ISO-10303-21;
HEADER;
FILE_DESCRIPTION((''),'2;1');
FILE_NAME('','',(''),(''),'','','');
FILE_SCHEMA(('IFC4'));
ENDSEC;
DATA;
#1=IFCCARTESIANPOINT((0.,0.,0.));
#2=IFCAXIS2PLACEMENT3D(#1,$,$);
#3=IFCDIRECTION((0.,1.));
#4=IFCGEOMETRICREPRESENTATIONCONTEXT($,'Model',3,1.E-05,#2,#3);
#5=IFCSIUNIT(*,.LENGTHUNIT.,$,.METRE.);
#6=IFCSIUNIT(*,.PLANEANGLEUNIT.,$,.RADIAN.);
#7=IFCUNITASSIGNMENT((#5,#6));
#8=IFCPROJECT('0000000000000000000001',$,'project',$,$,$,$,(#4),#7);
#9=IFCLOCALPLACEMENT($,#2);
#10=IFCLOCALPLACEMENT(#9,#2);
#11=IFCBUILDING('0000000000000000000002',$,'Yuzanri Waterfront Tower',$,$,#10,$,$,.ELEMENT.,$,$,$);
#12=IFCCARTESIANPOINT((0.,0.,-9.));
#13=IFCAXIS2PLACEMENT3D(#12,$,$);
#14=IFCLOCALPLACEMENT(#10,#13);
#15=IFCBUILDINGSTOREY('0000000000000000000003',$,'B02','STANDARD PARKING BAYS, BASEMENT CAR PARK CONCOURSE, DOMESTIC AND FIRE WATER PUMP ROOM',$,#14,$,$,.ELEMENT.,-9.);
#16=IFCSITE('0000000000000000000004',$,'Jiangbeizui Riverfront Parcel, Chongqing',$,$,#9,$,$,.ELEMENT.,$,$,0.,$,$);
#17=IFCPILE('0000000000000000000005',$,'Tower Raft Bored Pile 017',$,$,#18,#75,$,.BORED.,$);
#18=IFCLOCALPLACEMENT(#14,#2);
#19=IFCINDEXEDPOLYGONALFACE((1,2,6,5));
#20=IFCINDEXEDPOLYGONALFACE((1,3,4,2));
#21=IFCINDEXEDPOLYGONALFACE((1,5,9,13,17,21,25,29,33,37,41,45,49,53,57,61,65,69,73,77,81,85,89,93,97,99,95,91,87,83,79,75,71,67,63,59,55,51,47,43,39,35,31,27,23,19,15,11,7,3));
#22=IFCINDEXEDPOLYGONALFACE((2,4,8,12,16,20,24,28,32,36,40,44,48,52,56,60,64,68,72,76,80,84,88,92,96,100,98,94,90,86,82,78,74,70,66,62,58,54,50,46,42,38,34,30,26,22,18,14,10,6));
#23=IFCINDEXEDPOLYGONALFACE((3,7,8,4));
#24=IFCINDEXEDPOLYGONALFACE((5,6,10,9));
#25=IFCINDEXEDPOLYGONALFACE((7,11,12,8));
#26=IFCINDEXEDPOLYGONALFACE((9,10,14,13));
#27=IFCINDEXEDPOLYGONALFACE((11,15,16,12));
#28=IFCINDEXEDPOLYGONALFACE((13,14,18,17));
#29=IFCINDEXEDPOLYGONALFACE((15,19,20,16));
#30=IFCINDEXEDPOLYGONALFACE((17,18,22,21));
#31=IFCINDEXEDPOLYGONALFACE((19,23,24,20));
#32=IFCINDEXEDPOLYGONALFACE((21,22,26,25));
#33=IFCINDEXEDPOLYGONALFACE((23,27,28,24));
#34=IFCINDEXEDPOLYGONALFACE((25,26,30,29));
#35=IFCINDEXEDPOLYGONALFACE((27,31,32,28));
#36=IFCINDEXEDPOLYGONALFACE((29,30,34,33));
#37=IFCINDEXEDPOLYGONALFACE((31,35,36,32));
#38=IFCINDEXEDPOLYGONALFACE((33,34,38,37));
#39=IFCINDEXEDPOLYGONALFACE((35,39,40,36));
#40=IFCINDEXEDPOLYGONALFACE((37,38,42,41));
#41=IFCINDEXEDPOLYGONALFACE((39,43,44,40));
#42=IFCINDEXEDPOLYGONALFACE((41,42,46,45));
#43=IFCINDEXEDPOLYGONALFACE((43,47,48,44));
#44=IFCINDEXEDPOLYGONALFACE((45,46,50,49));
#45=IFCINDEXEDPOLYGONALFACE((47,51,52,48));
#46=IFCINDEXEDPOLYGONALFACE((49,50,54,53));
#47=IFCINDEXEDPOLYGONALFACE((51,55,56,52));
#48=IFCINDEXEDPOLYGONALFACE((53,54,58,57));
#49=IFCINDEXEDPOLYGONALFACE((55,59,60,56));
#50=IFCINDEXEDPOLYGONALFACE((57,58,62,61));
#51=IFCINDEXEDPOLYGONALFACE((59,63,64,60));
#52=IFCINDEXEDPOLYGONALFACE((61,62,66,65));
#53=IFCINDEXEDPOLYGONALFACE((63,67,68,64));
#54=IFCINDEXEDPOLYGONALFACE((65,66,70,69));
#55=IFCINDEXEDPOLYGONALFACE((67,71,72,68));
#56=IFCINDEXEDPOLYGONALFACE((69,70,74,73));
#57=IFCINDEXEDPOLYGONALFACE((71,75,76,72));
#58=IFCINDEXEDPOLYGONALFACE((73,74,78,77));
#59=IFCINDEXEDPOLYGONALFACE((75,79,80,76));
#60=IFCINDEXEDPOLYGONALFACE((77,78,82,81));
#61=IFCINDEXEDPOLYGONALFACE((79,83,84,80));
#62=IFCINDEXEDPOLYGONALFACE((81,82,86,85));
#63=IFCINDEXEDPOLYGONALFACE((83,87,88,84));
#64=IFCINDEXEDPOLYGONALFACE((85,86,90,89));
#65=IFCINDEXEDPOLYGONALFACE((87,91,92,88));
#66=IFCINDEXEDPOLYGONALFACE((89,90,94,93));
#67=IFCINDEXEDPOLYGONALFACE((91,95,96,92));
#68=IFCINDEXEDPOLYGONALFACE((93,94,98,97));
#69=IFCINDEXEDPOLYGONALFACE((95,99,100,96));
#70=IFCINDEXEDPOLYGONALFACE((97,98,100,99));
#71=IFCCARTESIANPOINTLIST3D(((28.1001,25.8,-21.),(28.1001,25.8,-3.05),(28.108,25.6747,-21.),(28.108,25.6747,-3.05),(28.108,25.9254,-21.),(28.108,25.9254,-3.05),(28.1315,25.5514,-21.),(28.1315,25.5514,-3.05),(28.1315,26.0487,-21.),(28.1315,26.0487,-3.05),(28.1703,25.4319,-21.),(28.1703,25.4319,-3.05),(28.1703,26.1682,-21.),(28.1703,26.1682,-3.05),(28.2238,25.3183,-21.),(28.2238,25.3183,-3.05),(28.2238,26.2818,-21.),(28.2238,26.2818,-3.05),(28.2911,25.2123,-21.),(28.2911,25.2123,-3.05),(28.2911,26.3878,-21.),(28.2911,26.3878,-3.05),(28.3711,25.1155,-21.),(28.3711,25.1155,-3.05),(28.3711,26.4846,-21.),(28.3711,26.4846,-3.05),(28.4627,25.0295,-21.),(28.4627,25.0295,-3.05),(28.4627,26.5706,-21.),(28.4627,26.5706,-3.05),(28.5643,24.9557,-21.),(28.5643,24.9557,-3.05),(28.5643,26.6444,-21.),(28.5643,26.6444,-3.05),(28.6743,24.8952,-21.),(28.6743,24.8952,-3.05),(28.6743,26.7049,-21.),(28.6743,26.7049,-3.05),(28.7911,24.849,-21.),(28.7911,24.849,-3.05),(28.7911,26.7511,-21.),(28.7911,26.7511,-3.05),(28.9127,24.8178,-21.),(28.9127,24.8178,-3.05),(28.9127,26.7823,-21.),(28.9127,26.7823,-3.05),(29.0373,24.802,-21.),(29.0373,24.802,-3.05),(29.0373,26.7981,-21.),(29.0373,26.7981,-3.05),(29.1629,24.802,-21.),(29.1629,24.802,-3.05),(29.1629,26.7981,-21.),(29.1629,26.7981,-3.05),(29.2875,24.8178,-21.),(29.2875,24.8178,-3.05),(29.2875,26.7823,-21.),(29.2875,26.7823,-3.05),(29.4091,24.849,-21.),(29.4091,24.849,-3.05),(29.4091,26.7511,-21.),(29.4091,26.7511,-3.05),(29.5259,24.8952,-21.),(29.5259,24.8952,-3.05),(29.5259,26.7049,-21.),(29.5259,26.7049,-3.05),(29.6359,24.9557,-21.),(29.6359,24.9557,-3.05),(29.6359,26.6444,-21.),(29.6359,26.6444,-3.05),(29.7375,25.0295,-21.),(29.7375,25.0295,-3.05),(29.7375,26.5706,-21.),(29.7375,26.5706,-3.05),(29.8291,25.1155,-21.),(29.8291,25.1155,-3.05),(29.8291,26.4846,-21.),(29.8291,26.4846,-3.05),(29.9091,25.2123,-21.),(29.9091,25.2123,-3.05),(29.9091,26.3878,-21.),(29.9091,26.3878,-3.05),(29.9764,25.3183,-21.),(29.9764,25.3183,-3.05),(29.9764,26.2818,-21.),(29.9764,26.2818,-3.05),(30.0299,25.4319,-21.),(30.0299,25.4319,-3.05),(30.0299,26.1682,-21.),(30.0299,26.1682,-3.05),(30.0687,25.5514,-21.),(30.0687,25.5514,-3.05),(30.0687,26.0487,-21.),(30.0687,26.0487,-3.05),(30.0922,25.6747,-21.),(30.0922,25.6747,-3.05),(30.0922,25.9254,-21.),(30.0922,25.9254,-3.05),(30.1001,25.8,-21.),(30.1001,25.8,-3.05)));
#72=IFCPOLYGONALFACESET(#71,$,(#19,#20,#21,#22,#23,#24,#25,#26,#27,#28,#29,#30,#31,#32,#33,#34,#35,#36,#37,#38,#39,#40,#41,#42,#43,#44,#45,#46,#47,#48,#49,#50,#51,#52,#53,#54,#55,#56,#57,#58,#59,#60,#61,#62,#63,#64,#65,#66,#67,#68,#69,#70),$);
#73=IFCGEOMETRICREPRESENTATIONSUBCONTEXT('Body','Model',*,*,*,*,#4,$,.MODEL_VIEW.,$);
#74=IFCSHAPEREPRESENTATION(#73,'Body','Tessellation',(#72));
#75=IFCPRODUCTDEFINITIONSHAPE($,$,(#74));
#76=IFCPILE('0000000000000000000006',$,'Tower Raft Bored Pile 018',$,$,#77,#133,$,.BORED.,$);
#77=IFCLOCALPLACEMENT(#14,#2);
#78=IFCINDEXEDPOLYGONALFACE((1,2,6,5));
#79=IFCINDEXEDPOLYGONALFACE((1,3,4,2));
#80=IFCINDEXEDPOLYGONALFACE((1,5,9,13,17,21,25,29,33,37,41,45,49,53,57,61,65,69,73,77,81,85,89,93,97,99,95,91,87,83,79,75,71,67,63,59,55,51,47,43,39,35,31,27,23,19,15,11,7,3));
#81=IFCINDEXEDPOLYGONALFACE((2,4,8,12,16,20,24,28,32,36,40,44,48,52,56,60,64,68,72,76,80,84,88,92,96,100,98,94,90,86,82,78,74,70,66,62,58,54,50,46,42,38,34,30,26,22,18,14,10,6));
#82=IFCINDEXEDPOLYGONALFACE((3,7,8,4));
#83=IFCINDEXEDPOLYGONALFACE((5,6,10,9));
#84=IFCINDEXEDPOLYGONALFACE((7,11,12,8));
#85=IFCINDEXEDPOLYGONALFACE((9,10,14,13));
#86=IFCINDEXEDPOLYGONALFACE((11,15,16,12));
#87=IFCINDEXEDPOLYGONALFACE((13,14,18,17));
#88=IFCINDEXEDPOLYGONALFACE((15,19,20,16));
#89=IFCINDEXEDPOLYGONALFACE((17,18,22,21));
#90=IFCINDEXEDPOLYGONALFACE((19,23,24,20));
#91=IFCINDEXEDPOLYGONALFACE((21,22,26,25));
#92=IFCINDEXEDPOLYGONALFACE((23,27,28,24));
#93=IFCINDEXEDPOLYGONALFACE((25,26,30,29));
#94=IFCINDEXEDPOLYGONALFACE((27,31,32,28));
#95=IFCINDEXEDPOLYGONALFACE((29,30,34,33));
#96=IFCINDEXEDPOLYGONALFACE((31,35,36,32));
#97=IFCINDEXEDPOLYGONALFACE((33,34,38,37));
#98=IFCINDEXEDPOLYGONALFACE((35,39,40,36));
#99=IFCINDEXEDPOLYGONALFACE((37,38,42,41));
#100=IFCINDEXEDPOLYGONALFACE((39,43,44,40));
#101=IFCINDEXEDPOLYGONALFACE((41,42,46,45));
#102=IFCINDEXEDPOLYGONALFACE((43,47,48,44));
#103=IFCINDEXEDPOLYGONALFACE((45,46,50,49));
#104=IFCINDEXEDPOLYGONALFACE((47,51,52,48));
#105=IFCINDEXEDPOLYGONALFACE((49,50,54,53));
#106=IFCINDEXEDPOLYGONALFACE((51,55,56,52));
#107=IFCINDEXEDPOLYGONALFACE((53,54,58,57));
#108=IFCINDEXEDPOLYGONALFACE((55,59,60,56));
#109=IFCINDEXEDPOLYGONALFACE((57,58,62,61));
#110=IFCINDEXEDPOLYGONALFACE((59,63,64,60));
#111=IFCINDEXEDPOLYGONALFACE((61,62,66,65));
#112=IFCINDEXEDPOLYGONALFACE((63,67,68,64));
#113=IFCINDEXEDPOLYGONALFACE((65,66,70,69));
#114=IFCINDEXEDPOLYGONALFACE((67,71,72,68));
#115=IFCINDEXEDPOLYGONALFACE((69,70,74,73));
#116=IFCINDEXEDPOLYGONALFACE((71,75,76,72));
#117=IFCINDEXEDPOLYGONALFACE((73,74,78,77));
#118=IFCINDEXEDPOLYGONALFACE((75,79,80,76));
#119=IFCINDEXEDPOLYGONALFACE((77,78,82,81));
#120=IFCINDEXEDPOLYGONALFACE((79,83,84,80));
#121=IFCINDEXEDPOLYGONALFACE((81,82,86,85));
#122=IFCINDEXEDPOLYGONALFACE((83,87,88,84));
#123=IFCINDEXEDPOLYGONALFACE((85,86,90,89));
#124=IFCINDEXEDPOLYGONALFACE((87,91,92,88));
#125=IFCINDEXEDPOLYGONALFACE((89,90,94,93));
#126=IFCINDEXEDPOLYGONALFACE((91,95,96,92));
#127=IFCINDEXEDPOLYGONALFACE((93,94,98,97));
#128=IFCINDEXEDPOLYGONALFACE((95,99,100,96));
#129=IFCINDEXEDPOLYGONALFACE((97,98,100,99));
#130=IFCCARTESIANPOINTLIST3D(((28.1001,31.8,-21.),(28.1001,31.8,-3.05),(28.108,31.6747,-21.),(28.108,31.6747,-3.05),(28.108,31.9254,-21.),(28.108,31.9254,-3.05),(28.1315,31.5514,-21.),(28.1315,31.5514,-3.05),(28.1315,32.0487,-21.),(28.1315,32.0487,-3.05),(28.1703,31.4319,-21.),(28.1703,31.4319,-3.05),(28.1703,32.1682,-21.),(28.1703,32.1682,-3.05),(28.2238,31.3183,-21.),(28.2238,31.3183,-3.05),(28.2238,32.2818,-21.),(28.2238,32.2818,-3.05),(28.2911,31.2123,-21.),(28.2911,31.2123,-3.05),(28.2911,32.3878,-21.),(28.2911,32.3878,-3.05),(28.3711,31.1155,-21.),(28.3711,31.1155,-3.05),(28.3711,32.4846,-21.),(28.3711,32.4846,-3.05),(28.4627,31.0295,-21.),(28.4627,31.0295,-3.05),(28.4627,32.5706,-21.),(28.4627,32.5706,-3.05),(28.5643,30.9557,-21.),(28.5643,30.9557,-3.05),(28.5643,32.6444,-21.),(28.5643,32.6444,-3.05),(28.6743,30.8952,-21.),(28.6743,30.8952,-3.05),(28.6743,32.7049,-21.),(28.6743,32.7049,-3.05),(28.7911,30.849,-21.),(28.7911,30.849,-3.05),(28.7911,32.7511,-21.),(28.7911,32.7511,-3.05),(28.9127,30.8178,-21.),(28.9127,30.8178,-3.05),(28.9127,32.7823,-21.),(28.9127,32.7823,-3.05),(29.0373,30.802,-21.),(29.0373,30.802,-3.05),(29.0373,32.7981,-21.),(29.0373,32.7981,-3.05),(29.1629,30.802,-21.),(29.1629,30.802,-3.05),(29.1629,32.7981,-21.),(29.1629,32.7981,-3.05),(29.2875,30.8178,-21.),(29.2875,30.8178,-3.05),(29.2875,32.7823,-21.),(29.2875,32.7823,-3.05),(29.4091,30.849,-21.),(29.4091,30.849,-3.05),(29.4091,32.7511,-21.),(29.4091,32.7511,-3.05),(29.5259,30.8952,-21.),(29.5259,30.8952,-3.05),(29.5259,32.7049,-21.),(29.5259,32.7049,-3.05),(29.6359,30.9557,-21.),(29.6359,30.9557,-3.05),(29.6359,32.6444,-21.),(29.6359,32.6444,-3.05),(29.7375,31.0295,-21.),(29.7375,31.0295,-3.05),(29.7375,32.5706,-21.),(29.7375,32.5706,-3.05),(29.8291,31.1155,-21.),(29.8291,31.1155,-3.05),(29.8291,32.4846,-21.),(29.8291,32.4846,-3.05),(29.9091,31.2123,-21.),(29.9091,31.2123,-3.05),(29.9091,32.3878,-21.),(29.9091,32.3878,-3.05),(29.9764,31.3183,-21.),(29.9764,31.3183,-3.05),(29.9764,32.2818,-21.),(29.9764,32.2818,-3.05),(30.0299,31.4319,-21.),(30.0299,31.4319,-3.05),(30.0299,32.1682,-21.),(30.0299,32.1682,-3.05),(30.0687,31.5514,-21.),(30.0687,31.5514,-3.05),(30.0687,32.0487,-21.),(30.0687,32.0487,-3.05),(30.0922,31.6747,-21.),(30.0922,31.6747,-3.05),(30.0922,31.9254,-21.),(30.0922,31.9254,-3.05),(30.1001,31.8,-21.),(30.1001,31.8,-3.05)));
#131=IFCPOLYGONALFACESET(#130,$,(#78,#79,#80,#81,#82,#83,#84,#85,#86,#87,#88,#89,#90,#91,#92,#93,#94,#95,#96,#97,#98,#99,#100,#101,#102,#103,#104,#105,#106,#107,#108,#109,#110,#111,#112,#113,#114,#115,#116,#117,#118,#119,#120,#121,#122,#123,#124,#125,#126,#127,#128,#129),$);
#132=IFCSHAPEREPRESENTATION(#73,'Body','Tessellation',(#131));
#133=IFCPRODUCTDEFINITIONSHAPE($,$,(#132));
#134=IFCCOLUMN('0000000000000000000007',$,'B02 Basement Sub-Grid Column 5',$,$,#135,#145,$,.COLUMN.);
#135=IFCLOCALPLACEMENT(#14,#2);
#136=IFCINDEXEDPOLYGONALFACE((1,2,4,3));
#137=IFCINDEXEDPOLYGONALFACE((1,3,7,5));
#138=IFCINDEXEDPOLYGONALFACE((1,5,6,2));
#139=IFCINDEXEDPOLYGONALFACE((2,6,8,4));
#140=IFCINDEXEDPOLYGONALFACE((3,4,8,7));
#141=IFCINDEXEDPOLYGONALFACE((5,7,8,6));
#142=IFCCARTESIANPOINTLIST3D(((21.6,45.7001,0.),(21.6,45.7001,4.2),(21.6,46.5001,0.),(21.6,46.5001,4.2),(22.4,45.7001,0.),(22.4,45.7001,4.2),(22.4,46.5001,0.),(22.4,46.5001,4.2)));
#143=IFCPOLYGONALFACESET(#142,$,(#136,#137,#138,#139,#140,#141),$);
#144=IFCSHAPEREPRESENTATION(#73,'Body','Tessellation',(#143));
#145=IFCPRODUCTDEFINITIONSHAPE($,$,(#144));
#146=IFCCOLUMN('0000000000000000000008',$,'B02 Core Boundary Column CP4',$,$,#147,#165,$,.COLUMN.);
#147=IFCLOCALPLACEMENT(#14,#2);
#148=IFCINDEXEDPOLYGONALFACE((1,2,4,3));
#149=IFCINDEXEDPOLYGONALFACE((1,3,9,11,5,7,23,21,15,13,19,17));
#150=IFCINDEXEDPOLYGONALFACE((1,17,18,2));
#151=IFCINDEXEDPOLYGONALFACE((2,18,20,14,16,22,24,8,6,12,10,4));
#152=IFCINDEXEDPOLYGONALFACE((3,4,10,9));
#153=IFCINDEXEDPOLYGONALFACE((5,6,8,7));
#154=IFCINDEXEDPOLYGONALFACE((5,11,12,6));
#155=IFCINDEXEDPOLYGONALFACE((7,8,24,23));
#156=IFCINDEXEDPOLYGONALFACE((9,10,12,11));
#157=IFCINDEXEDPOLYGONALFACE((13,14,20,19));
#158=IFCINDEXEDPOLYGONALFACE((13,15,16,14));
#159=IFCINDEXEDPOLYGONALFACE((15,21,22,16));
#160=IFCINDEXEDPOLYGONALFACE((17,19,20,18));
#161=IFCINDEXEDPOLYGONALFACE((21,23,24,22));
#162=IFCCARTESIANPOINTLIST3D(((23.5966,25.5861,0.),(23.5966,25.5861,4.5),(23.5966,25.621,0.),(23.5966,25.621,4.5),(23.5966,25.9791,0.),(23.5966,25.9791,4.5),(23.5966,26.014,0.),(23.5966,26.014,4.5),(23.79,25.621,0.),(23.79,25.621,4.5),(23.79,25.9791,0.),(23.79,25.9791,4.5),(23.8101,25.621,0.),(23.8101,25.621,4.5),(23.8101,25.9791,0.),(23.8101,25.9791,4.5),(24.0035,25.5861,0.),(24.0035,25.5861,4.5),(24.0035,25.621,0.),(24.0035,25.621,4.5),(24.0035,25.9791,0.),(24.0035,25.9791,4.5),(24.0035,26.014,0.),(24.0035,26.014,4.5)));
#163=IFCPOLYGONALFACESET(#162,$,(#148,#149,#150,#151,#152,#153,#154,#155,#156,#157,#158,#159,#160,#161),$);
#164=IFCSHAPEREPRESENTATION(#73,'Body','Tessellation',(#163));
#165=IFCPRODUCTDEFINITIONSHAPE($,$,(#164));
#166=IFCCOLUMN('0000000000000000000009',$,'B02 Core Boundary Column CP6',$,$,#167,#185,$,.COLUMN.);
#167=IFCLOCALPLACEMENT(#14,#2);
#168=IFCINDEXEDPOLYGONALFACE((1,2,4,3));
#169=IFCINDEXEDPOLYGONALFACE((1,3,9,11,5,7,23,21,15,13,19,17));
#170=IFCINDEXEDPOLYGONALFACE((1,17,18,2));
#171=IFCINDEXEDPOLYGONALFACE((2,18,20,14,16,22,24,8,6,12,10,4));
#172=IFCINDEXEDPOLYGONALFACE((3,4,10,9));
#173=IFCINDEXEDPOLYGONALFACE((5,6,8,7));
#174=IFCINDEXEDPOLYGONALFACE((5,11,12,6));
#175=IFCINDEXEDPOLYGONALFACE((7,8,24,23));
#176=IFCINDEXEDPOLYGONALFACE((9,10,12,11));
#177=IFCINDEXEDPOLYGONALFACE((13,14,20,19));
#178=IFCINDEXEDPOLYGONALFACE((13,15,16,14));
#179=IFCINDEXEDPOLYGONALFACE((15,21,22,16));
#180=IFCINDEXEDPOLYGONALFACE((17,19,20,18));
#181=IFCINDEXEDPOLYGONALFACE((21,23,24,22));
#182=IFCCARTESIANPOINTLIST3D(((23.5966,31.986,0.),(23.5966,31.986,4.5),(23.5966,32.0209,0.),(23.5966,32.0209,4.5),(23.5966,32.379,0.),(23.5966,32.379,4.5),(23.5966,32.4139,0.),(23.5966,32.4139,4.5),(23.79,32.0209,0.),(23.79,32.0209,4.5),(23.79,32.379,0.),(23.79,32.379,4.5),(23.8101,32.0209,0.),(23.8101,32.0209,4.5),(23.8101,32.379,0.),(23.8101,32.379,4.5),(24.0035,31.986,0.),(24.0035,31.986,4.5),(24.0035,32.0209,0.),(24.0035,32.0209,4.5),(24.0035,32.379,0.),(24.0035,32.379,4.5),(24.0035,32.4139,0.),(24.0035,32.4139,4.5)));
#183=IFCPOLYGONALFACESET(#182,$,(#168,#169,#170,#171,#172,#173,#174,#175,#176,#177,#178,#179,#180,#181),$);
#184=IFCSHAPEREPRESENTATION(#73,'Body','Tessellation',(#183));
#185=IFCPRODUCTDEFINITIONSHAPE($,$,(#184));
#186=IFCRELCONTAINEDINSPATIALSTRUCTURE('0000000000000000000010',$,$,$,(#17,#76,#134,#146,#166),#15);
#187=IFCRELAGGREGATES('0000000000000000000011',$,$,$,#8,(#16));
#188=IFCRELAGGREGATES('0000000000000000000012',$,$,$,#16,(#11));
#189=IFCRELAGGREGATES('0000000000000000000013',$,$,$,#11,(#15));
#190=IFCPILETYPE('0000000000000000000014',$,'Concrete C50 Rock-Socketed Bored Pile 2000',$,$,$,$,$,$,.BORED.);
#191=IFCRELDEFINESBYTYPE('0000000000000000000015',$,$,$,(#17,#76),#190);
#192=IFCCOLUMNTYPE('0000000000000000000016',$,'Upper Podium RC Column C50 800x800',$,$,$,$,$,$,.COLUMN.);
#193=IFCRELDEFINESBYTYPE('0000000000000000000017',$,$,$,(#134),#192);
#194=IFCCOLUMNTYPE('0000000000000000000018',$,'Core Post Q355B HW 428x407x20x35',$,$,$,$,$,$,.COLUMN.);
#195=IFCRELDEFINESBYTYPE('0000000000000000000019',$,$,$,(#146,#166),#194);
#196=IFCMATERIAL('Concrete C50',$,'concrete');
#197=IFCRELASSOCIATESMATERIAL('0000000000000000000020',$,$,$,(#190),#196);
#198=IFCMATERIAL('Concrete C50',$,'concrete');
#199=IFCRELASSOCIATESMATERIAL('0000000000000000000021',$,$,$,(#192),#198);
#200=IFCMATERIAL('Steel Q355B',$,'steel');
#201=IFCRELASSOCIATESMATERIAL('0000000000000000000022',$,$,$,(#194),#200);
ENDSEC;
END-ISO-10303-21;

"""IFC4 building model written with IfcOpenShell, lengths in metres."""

from ifc_helpers import new_model, si_unit, direction, frame, origin, origin_2d, place, context, subcontext, project, spatial, rectangle, circle, i_section, extrude, source, transform, mapped, material, material_profile, profile_set, type_object, element, save


model = new_model("IFC4")

# Units and contexts
model_context = context("Model", 3, precision=1e-05, world=origin(), true_north=direction((0.0, 1.0)))
body_context = subcontext(model_context, "Body", "Model", "MODEL_VIEW")
ifc_project = project(units=[si_unit("LENGTHUNIT", "METRE"), si_unit("PLANEANGLEUNIT", "RADIAN")], contexts=[model_context])

# Site, building, storey
site_placement = place(None, origin())
site = spatial("IfcSite", under=ifc_project, at=site_placement, Name="Jiangbeizui Riverfront Parcel, Chongqing", CompositionType="ELEMENT", RefElevation=0.0)
building_placement = place(site_placement, origin())
building = spatial("IfcBuilding", under=site, at=building_placement, Name="Yuzanri Waterfront Tower", CompositionType="ELEMENT")
storey_placement = place(building_placement, frame((0.0, 0.0, -9.0)))
storey = spatial("IfcBuildingStorey", under=building, at=storey_placement, Name="B02", Description="STANDARD PARKING BAYS, BASEMENT CAR PARK CONCOURSE, DOMESTIC AND FIRE WATER PUMP ROOM", CompositionType="ELEMENT", Elevation=-9.0)

# Piles
ifc_material_1 = material(Name="Concrete C50", Category="concrete")
ifc_material_profile_1 = material_profile(ifc_material_1, circle(Radius=1.0, at=origin_2d()), Name="PILE D2000")
ifc_profile_set_1 = profile_set([ifc_material_profile_1], Name="Concrete C50")
pile_type = type_object("IfcPileType", Name="Concrete C50 Rock-Socketed Bored Pile 2000", PredefinedType="BORED", material=ifc_profile_set_1)
shared_shape_1 = source(origin(), body_context, "Body", "SweptSolid", [
    extrude(circle(Radius=1.0, at=origin_2d()), origin(), (0.0, 0.0, 1.0), 17.95),
])
for number, where, z_axis, x_axis, name in (
    (1, (29.1001, 25.8, -3.05), (0.0, 0.0, -1.0), (1.0, 0.0, 0.0), "Tower Raft Bored Pile 017"),
    (2, (29.1001, 31.8, -3.05), (0.0, 0.0, -1.0), (1.0, 0.0, 0.0), "Tower Raft Bored Pile 018"),
):
    element("IfcPile", number, at=place(storey_placement, frame(where, z_axis=z_axis, x_axis=x_axis)), inside=storey, type_object=pile_type, Name=name, PredefinedType="BORED", context=body_context, shape_type="MappedRepresentation", body=[
        mapped(shared_shape_1, transform((0.0, 0.0, 0.0), scale=1.0)),
    ])

# Columns
ifc_material_2 = material(Name="Concrete C50", Category="concrete")
ifc_material_profile_2 = material_profile(ifc_material_2, rectangle(XDim=0.8, YDim=0.8, at=origin_2d()), Name="RC 800x800")
ifc_profile_set_2 = profile_set([ifc_material_profile_2], Name="Concrete C50")
column_type_1 = type_object("IfcColumnType", Name="Upper Podium RC Column C50 800x800", PredefinedType="COLUMN", material=ifc_profile_set_2)
shared_shape_2 = source(origin(), body_context, "Body", "SweptSolid", [
    extrude(rectangle(XDim=0.8, YDim=0.8, at=origin_2d()), origin(), (0.0, 0.0, 1.0), 4.2),
])
column_placement = place(storey_placement, frame((22.0, 46.1001, 0.0), z_axis=(0.0, 0.0, 1.0), x_axis=(1.0, 0.0, 0.0)))
element("IfcColumn", 3, at=column_placement, inside=storey, type_object=column_type_1, Name="B02 Basement Sub-Grid Column 5", PredefinedType="COLUMN", context=body_context, shape_type="MappedRepresentation", body=[
    mapped(shared_shape_2, transform((0.0, 0.0, 0.0), scale=1.0)),
])
ifc_material_3 = material(Name="Steel Q355B", Category="steel")
ifc_material_profile_3 = material_profile(ifc_material_3, i_section(OverallWidth=0.407, OverallDepth=0.428, WebThickness=0.02, FlangeThickness=0.0349, at=origin_2d()), Name="HW 428x407x20x35")
ifc_profile_set_3 = profile_set([ifc_material_profile_3], Name="Steel Q355B")
column_type_2 = type_object("IfcColumnType", Name="Core Post Q355B HW 428x407x20x35", PredefinedType="COLUMN", material=ifc_profile_set_3)
shared_shape_3 = source(origin(), body_context, "Body", "SweptSolid", [
    extrude(i_section(OverallWidth=0.407, OverallDepth=0.428, WebThickness=0.02, FlangeThickness=0.0349, at=origin_2d()), origin(), (0.0, 0.0, 1.0), 4.5),
])
for number, where, z_axis, x_axis, name in (
    (4, (23.8, 25.8, 0.0), (0.0, 0.0, 1.0), (1.0, 0.0, 0.0), "B02 Core Boundary Column CP4"),
    (5, (23.8, 32.2, 0.0), (0.0, 0.0, 1.0), (1.0, 0.0, 0.0), "B02 Core Boundary Column CP6"),
):
    element("IfcColumn", number, at=place(storey_placement, frame(where, z_axis=z_axis, x_axis=x_axis)), inside=storey, type_object=column_type_2, Name=name, PredefinedType="COLUMN", context=body_context, shape_type="MappedRepresentation", body=[
        mapped(shared_shape_3, transform((0.0, 0.0, 0.0), scale=1.0)),
    ])

save(model, "model.ifc")
